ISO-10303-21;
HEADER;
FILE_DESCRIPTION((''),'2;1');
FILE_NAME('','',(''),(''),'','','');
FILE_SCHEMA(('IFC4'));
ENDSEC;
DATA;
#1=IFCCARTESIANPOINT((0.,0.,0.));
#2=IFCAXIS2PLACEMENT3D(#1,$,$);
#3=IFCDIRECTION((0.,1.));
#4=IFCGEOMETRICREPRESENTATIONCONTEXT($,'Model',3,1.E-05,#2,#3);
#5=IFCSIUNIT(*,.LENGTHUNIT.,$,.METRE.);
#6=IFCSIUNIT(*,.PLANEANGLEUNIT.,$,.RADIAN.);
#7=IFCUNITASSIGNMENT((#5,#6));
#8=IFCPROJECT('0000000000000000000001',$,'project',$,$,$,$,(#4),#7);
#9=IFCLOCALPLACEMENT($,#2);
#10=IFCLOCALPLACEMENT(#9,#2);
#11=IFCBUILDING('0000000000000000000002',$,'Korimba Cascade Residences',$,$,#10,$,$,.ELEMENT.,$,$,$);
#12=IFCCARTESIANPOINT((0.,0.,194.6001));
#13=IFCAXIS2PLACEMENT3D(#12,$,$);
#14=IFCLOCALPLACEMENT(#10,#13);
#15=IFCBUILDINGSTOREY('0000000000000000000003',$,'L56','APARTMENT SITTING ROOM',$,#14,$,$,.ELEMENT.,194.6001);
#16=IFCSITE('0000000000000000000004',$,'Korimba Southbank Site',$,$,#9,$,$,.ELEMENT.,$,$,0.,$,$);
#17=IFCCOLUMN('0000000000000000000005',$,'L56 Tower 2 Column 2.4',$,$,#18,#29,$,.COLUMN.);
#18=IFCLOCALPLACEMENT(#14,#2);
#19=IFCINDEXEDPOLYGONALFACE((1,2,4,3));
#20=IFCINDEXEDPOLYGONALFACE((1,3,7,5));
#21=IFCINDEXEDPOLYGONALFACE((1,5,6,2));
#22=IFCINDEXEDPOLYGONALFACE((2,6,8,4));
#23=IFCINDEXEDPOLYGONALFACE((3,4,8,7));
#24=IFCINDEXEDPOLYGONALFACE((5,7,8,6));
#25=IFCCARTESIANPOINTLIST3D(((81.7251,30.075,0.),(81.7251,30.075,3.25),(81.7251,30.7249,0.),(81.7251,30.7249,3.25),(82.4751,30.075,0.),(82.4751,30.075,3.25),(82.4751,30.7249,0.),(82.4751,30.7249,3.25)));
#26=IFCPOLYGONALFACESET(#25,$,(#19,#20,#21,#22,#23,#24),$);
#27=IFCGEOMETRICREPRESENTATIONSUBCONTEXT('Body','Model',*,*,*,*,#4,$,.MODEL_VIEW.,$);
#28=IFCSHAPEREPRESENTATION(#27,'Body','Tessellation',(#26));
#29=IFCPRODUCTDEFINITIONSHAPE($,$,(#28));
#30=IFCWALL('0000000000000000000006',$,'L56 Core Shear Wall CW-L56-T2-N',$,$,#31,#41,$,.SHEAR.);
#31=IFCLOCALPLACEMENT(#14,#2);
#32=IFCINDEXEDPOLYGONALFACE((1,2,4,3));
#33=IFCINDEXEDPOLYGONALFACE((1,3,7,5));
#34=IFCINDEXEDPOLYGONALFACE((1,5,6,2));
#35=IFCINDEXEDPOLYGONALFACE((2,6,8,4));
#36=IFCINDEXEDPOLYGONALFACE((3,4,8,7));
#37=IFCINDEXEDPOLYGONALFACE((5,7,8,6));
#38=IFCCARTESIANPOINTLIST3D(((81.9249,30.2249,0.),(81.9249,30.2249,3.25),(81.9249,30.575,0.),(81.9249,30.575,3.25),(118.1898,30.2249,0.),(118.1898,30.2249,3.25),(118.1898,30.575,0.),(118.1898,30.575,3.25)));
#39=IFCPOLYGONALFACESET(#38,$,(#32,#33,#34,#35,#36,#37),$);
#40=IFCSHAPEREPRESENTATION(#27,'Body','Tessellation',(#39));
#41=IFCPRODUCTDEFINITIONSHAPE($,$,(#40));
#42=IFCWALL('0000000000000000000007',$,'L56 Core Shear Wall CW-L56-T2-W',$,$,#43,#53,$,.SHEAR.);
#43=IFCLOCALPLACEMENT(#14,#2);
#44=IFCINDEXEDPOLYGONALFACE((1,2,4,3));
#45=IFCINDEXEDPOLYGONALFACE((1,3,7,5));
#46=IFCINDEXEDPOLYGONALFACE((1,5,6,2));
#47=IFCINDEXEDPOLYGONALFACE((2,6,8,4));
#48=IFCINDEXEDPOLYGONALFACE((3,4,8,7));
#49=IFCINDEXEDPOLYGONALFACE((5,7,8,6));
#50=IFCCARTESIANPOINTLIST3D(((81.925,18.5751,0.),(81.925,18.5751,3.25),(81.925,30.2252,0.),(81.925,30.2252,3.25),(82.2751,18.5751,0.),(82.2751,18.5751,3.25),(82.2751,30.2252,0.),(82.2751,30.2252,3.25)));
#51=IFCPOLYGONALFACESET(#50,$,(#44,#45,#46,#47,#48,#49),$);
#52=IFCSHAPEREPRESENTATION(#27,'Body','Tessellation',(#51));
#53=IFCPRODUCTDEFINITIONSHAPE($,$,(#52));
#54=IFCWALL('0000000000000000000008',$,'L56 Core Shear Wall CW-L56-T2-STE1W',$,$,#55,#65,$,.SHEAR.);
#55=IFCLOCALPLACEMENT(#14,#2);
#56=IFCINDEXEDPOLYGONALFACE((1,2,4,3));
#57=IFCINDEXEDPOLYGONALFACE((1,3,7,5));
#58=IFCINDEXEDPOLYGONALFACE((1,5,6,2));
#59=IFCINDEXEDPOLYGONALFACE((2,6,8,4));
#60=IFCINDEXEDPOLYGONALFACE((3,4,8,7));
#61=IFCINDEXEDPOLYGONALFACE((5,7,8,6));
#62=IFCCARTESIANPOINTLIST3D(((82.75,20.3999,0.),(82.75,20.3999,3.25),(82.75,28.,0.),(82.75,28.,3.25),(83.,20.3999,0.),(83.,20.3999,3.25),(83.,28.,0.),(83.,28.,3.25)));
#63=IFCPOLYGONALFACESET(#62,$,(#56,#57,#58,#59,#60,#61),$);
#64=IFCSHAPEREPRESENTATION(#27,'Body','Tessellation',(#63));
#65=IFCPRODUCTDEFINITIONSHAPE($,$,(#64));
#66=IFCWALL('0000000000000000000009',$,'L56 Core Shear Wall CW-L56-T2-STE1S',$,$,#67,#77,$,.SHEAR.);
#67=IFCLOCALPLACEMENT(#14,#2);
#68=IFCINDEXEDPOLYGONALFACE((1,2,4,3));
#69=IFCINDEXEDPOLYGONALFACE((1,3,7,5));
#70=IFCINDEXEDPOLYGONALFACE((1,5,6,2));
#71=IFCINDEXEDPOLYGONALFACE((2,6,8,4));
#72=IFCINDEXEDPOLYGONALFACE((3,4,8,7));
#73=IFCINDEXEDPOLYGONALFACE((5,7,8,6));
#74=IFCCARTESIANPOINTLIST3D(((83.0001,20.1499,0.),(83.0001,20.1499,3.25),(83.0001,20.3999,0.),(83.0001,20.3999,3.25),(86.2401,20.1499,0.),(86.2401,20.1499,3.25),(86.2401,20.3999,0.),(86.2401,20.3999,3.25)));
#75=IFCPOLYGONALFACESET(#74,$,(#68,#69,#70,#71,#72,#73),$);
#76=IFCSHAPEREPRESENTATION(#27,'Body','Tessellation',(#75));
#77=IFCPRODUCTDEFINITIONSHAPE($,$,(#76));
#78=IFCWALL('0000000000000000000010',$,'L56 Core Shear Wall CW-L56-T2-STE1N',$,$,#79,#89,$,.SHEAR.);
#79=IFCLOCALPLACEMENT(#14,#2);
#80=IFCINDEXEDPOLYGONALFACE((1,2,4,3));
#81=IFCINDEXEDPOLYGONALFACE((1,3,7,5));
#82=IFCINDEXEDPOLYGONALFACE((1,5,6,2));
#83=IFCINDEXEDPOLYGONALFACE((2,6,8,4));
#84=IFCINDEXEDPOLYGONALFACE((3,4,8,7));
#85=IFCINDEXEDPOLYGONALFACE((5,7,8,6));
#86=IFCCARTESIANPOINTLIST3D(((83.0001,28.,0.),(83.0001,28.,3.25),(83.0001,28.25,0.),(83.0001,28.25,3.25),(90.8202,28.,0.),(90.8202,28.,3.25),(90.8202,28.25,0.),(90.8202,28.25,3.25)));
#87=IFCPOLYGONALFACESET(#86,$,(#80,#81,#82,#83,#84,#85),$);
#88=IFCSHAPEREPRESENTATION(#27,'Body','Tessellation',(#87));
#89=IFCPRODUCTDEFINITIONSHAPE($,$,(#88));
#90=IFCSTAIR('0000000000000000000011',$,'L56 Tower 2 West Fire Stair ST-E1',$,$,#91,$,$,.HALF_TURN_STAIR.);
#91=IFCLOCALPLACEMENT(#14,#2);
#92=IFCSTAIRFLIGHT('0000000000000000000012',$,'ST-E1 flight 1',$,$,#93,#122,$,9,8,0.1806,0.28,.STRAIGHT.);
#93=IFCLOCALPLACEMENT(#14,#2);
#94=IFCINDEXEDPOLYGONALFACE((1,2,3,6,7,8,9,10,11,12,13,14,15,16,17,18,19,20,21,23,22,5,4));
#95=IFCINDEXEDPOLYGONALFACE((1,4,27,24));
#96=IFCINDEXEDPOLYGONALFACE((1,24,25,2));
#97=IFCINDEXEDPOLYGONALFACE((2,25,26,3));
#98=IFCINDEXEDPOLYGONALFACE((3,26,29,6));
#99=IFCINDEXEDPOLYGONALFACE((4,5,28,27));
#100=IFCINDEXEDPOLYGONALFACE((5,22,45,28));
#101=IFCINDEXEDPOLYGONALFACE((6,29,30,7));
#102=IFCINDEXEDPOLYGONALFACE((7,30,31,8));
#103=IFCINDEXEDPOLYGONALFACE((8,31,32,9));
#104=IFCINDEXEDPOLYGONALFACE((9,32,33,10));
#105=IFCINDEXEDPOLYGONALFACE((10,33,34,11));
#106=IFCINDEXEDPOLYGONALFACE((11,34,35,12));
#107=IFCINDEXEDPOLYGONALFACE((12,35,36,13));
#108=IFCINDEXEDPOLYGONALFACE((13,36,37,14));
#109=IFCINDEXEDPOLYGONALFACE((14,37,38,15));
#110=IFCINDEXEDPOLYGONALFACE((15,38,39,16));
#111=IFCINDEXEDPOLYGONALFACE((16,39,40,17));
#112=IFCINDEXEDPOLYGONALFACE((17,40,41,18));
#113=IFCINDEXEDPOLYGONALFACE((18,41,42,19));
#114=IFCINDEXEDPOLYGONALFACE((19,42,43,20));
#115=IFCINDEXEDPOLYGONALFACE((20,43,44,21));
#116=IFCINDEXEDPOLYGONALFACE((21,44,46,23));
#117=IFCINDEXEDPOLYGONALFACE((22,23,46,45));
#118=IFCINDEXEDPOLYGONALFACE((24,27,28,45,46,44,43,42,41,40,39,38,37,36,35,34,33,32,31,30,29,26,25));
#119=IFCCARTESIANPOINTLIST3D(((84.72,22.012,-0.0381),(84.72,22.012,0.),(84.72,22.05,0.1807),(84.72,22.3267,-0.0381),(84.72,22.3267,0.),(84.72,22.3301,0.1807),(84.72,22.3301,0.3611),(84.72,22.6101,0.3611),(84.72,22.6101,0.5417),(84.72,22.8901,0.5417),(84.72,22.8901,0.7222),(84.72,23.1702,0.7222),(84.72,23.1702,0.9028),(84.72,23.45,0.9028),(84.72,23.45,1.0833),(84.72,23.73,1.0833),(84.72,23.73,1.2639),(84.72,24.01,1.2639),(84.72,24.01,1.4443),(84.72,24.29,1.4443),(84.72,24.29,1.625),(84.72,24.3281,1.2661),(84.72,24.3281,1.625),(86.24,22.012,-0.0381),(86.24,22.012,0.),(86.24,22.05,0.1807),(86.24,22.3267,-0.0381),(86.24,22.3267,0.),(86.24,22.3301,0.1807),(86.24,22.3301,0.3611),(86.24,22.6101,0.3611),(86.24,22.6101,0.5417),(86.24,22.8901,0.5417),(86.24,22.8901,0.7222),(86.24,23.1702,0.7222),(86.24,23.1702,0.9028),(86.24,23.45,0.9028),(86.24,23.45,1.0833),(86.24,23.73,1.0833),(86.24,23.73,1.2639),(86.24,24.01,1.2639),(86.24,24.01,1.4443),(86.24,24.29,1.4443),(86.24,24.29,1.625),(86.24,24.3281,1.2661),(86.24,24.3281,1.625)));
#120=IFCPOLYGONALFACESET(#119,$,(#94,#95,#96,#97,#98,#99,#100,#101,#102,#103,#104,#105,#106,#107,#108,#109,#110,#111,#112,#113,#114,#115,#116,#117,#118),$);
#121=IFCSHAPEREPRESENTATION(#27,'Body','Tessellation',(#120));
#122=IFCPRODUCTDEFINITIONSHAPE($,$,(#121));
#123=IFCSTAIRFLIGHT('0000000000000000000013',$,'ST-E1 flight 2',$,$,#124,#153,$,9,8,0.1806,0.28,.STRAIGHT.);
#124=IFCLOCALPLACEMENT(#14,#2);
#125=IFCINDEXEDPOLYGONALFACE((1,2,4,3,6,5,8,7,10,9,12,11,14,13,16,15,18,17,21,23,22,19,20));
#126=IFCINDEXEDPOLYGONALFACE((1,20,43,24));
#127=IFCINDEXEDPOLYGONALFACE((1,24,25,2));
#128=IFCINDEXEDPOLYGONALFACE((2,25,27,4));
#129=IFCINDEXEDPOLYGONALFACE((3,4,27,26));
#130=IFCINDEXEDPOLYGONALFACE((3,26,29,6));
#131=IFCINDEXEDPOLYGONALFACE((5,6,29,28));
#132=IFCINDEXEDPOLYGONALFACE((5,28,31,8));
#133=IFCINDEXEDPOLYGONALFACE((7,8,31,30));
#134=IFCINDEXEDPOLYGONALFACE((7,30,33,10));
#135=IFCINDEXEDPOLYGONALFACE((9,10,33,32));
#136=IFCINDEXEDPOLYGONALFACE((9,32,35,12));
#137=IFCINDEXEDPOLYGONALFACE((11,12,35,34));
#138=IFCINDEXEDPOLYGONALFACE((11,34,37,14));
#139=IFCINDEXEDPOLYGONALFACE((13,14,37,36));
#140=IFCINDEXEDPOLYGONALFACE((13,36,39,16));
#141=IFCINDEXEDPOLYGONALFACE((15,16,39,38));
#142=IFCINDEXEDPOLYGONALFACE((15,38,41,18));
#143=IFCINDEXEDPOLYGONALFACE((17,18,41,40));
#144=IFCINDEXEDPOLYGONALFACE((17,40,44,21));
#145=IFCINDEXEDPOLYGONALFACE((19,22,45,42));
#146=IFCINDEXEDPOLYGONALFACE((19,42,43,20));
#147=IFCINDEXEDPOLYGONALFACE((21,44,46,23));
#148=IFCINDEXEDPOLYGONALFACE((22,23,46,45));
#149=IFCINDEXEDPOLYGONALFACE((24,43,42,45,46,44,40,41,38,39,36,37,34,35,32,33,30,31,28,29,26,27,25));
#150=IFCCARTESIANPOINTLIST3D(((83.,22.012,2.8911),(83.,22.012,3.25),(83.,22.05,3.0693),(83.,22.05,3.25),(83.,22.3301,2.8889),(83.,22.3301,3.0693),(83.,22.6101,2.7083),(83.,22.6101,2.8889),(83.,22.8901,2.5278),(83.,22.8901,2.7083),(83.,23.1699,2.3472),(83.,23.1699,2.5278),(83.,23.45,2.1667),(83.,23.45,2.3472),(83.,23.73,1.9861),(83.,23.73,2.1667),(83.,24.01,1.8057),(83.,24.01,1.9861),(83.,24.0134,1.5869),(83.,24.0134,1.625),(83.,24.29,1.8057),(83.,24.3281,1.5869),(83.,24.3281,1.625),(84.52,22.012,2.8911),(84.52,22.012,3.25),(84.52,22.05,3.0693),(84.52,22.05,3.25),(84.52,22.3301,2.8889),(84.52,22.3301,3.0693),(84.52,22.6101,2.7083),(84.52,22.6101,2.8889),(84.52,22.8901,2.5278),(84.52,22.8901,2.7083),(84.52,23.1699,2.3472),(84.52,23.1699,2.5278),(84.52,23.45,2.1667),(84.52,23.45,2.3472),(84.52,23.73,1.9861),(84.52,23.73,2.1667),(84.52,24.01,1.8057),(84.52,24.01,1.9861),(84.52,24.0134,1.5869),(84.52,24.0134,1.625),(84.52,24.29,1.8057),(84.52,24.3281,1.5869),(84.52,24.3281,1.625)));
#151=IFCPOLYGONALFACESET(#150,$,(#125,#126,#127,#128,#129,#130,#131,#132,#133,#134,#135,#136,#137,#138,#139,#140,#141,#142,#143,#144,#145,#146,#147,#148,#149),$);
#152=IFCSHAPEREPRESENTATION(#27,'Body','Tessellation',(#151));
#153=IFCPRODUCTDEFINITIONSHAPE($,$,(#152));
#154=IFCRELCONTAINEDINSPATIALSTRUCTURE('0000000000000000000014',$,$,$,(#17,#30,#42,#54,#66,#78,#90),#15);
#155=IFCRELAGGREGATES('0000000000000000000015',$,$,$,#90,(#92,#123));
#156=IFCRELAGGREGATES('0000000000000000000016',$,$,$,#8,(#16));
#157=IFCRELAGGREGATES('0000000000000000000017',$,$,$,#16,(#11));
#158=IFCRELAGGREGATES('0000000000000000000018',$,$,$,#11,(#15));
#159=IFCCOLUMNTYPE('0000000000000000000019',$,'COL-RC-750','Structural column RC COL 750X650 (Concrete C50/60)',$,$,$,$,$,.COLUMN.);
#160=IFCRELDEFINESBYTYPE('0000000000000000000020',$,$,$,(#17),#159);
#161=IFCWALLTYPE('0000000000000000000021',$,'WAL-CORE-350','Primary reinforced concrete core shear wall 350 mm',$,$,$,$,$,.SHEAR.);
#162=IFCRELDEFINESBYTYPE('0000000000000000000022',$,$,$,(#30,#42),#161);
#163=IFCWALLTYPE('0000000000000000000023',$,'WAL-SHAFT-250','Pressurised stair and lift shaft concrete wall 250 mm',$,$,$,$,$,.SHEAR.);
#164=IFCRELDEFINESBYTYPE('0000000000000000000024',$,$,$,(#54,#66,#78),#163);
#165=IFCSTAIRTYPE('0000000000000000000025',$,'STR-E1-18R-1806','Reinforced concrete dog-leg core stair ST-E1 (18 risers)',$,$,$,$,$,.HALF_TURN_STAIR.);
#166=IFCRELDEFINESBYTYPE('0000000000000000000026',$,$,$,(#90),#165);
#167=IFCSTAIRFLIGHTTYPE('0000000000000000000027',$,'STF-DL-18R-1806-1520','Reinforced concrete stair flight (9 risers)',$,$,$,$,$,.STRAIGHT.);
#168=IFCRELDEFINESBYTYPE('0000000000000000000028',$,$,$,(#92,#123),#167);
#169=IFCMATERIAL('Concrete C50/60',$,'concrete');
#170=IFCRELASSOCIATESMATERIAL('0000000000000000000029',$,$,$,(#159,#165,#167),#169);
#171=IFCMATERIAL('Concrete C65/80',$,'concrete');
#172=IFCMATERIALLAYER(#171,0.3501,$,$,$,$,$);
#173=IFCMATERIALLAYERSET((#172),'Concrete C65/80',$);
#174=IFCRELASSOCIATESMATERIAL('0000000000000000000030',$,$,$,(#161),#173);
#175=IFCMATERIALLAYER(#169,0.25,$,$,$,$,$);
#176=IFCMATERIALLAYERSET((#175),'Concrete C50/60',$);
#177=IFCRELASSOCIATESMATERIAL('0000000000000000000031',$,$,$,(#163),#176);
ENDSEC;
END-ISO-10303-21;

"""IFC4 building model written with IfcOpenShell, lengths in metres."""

from ifc_helpers import new_model, si_unit, direction, frame, frame_2d, origin, origin_2d, place, context, subcontext, project, spatial, polyline, rectangle, outline, extrude, material, layer, layer_set, material_profile, profile_set, type_object, element, aggregate, save


model = new_model("IFC4")

# Units and contexts
model_context = context("Model", 3, precision=1e-05, world=origin(), true_north=direction((0.0, 1.0)))
body_context = subcontext(model_context, "Body", "Model", "MODEL_VIEW")
ifc_project = project(units=[si_unit("LENGTHUNIT", "METRE"), si_unit("PLANEANGLEUNIT", "RADIAN")], contexts=[model_context])

# Site, building, storey
site_placement = place(None, origin())
site = spatial("IfcSite", under=ifc_project, at=site_placement, Name="Korimba Southbank Site", CompositionType="ELEMENT", RefElevation=0.0)
building_placement = place(site_placement, origin())
building = spatial("IfcBuilding", under=site, at=building_placement, Name="Korimba Cascade Residences", CompositionType="ELEMENT")
storey_placement = place(building_placement, frame((0.0, 0.0, 194.6001)))
storey = spatial("IfcBuildingStorey", under=building, at=storey_placement, Name="L56", Description="APARTMENT SITTING ROOM", CompositionType="ELEMENT", Elevation=194.6001)

# Column
ifc_material_1 = material(Name="Concrete C50/60", Category="concrete")
ifc_material_profile = material_profile(ifc_material_1, rectangle(XDim=0.75, YDim=0.6499, at=origin_2d()), Name="Concrete C50/60")
ifc_profile_set = profile_set([ifc_material_profile], Name="Concrete C50/60")
column_type = type_object("IfcColumnType", Name="COL-RC-750", Description="Structural column RC COL 750X650 (Concrete C50/60)", PredefinedType="COLUMN", material=ifc_profile_set)
column_placement = place(storey_placement, frame((82.1001, 30.3999, 0.0), z_axis=(0.0, 0.0, 1.0), x_axis=(1.0, 0.0, 0.0)))
element("IfcColumn", 1, at=column_placement, inside=storey, type_object=column_type, Name="L56 Tower 2 Column 2.4", PredefinedType="COLUMN", context=body_context, shape_type="SweptSolid", body=[
    extrude(rectangle(XDim=0.75, YDim=0.6499, at=origin_2d()), origin(), (0.0, 0.0, 1.0), 3.25),
])

# Walls
ifc_material_2 = material(Name="Concrete C65/80", Category="concrete")
ifc_layer_1 = layer(ifc_material_2, 0.3501)
ifc_layer_set_1 = layer_set([ifc_layer_1], Name="Concrete C65/80")
wall_type_1 = type_object("IfcWallType", Name="WAL-CORE-350", Description="Primary reinforced concrete core shear wall 350 mm", PredefinedType="SHEAR", material=ifc_layer_set_1)
wall_1_placement = place(storey_placement, frame((81.925, 30.3999, 0.0), z_axis=(0.0, 0.0, 1.0), x_axis=(1.0, 0.0, 0.0)))
element("IfcWall", 2, at=wall_1_placement, inside=storey, type_object=wall_type_1, Name="L56 Core Shear Wall CW-L56-T2-N", PredefinedType="SHEAR", context=body_context, shape_type="SweptSolid", body=[
    extrude(rectangle(XDim=36.2649, YDim=0.3501, at=frame_2d((18.1323, 0.0))), origin(), (0.0, 0.0, 1.0), 3.25),
])
wall_2_placement = place(storey_placement, frame((82.1001, 18.575, 0.0), z_axis=(0.0, 0.0, 1.0), x_axis=(0.0, 1.0, 0.0)))
element("IfcWall", 3, at=wall_2_placement, inside=storey, type_object=wall_type_1, Name="L56 Core Shear Wall CW-L56-T2-W", PredefinedType="SHEAR", context=body_context, shape_type="SweptSolid", body=[
    extrude(rectangle(XDim=11.6501, YDim=0.3501, at=frame_2d((5.8252, 0.0))), origin(), (0.0, 0.0, 1.0), 3.25),
])
ifc_layer_2 = layer(ifc_material_1, 0.25)
ifc_layer_set_2 = layer_set([ifc_layer_2], Name="Concrete C50/60")
wall_type_2 = type_object("IfcWallType", Name="WAL-SHAFT-250", Description="Pressurised stair and lift shaft concrete wall 250 mm", PredefinedType="SHEAR", material=ifc_layer_set_2)
wall_3_placement = place(storey_placement, frame((82.875, 20.3999, 0.0), z_axis=(0.0, 0.0, 1.0), x_axis=(0.0, 1.0, 0.0)))
element("IfcWall", 4, at=wall_3_placement, inside=storey, type_object=wall_type_2, Name="L56 Core Shear Wall CW-L56-T2-STE1W", PredefinedType="SHEAR", context=body_context, shape_type="SweptSolid", body=[
    extrude(rectangle(XDim=7.6001, YDim=0.25, at=frame_2d((3.8, 0.0))), origin(), (0.0, 0.0, 1.0), 3.25),
])
wall_4_placement = place(storey_placement, frame((83.0, 20.2749, 0.0), z_axis=(0.0, 0.0, 1.0), x_axis=(1.0, 0.0, 0.0)))
element("IfcWall", 5, at=wall_4_placement, inside=storey, type_object=wall_type_2, Name="L56 Core Shear Wall CW-L56-T2-STE1S", PredefinedType="SHEAR", context=body_context, shape_type="SweptSolid", body=[
    extrude(rectangle(XDim=3.24, YDim=0.25, at=frame_2d((1.6201, 0.0))), origin(), (0.0, 0.0, 1.0), 3.25),
])
wall_5_placement = place(storey_placement, frame((83.0, 28.125, 0.0), z_axis=(0.0, 0.0, 1.0), x_axis=(1.0, 0.0, 0.0)))
element("IfcWall", 6, at=wall_5_placement, inside=storey, type_object=wall_type_2, Name="L56 Core Shear Wall CW-L56-T2-STE1N", PredefinedType="SHEAR", context=body_context, shape_type="SweptSolid", body=[
    extrude(rectangle(XDim=7.8201, YDim=0.25, at=frame_2d((3.9102, 0.0))), origin(), (0.0, 0.0, 1.0), 3.25),
])

# Stair, stair flights
stair_type = type_object("IfcStairType", Name="STR-E1-18R-1806", Description="Reinforced concrete dog-leg core stair ST-E1 (18 risers)", PredefinedType="HALF_TURN_STAIR", material=ifc_material_1)
stair_placement = place(storey_placement, origin())
stair = element("IfcStair", 7, at=stair_placement, inside=storey, type_object=stair_type, Name="L56 Tower 2 West Fire Stair ST-E1", PredefinedType="HALF_TURN_STAIR")
stair_flight_type = type_object("IfcStairFlightType", Name="STF-DL-18R-1806-1520", Description="Reinforced concrete stair flight (9 risers)", PredefinedType="STRAIGHT", material=ifc_material_1)
stair_flight_1_placement = place(storey_placement, frame((85.48, 22.05, 0.0), z_axis=(0.0, 0.0, 1.0), x_axis=(0.0, 1.0, 0.0)))
stair_flight_1 = element("IfcStairFlight", 8, at=stair_flight_1_placement, type_object=stair_flight_type, Name="ST-E1 flight 1", NumberOfRisers=9, NumberOfTreads=8, PredefinedType="STRAIGHT", RiserHeight=0.1806, TreadLength=0.28, context=body_context, shape_type="SweptSolid", body=[
    extrude(outline(polyline([(-0.0381, 0.0), (0.0, 0.1807), (0.28, 0.1807), (0.28, 0.3611), (0.5601, 0.3611), (0.5601, 0.5417), (0.8401, 0.5417), (0.8401, 0.7222), (1.1201, 0.7222), (1.1201, 0.9028), (1.3999, 0.9028), (1.3999, 1.0833), (1.6799, 1.0833), (1.6799, 1.2639), (1.96, 1.2639), (1.96, 1.4443), (2.24, 1.4443), (2.24, 1.625), (2.2781, 1.625), (2.2781, 1.2661), (0.2766, 0.0), (0.2766, -0.0381), (-0.0381, -0.0381), (-0.0381, 0.0)])), frame((0.0, 0.76, 0.0), z_axis=(0.0, -1.0, 0.0), x_axis=(1.0, 0.0, 0.0)), (0.0, 0.0, 1.0), 1.52),
])
stair_flight_2_placement = place(storey_placement, frame((83.76, 24.29, 1.625), z_axis=(0.0, 0.0, 1.0), x_axis=(0.0, -1.0, 0.0)))
stair_flight_2 = element("IfcStairFlight", 9, at=stair_flight_2_placement, type_object=stair_flight_type, Name="ST-E1 flight 2", NumberOfRisers=9, NumberOfTreads=8, PredefinedType="STRAIGHT", RiserHeight=0.1806, TreadLength=0.28, context=body_context, shape_type="SweptSolid", body=[
    extrude(outline(polyline([(-0.0381, 0.0), (0.0, 0.1807), (0.28, 0.1807), (0.28, 0.3611), (0.5601, 0.3611), (0.5601, 0.5417), (0.8401, 0.5417), (0.8401, 0.7222), (1.1201, 0.7222), (1.1201, 0.9028), (1.3999, 0.9028), (1.3999, 1.0833), (1.6799, 1.0833), (1.6799, 1.2639), (1.96, 1.2639), (1.96, 1.4443), (2.24, 1.4443), (2.24, 1.625), (2.2781, 1.625), (2.2781, 1.2661), (0.2766, 0.0), (0.2766, -0.0381), (-0.0381, -0.0381), (-0.0381, 0.0)])), frame((0.0, 0.76, 0.0), z_axis=(0.0, -1.0, 0.0), x_axis=(1.0, 0.0, 0.0)), (0.0, 0.0, 1.0), 1.52),
])
aggregate(stair, [stair_flight_1, stair_flight_2])

save(model, "model.ifc")
